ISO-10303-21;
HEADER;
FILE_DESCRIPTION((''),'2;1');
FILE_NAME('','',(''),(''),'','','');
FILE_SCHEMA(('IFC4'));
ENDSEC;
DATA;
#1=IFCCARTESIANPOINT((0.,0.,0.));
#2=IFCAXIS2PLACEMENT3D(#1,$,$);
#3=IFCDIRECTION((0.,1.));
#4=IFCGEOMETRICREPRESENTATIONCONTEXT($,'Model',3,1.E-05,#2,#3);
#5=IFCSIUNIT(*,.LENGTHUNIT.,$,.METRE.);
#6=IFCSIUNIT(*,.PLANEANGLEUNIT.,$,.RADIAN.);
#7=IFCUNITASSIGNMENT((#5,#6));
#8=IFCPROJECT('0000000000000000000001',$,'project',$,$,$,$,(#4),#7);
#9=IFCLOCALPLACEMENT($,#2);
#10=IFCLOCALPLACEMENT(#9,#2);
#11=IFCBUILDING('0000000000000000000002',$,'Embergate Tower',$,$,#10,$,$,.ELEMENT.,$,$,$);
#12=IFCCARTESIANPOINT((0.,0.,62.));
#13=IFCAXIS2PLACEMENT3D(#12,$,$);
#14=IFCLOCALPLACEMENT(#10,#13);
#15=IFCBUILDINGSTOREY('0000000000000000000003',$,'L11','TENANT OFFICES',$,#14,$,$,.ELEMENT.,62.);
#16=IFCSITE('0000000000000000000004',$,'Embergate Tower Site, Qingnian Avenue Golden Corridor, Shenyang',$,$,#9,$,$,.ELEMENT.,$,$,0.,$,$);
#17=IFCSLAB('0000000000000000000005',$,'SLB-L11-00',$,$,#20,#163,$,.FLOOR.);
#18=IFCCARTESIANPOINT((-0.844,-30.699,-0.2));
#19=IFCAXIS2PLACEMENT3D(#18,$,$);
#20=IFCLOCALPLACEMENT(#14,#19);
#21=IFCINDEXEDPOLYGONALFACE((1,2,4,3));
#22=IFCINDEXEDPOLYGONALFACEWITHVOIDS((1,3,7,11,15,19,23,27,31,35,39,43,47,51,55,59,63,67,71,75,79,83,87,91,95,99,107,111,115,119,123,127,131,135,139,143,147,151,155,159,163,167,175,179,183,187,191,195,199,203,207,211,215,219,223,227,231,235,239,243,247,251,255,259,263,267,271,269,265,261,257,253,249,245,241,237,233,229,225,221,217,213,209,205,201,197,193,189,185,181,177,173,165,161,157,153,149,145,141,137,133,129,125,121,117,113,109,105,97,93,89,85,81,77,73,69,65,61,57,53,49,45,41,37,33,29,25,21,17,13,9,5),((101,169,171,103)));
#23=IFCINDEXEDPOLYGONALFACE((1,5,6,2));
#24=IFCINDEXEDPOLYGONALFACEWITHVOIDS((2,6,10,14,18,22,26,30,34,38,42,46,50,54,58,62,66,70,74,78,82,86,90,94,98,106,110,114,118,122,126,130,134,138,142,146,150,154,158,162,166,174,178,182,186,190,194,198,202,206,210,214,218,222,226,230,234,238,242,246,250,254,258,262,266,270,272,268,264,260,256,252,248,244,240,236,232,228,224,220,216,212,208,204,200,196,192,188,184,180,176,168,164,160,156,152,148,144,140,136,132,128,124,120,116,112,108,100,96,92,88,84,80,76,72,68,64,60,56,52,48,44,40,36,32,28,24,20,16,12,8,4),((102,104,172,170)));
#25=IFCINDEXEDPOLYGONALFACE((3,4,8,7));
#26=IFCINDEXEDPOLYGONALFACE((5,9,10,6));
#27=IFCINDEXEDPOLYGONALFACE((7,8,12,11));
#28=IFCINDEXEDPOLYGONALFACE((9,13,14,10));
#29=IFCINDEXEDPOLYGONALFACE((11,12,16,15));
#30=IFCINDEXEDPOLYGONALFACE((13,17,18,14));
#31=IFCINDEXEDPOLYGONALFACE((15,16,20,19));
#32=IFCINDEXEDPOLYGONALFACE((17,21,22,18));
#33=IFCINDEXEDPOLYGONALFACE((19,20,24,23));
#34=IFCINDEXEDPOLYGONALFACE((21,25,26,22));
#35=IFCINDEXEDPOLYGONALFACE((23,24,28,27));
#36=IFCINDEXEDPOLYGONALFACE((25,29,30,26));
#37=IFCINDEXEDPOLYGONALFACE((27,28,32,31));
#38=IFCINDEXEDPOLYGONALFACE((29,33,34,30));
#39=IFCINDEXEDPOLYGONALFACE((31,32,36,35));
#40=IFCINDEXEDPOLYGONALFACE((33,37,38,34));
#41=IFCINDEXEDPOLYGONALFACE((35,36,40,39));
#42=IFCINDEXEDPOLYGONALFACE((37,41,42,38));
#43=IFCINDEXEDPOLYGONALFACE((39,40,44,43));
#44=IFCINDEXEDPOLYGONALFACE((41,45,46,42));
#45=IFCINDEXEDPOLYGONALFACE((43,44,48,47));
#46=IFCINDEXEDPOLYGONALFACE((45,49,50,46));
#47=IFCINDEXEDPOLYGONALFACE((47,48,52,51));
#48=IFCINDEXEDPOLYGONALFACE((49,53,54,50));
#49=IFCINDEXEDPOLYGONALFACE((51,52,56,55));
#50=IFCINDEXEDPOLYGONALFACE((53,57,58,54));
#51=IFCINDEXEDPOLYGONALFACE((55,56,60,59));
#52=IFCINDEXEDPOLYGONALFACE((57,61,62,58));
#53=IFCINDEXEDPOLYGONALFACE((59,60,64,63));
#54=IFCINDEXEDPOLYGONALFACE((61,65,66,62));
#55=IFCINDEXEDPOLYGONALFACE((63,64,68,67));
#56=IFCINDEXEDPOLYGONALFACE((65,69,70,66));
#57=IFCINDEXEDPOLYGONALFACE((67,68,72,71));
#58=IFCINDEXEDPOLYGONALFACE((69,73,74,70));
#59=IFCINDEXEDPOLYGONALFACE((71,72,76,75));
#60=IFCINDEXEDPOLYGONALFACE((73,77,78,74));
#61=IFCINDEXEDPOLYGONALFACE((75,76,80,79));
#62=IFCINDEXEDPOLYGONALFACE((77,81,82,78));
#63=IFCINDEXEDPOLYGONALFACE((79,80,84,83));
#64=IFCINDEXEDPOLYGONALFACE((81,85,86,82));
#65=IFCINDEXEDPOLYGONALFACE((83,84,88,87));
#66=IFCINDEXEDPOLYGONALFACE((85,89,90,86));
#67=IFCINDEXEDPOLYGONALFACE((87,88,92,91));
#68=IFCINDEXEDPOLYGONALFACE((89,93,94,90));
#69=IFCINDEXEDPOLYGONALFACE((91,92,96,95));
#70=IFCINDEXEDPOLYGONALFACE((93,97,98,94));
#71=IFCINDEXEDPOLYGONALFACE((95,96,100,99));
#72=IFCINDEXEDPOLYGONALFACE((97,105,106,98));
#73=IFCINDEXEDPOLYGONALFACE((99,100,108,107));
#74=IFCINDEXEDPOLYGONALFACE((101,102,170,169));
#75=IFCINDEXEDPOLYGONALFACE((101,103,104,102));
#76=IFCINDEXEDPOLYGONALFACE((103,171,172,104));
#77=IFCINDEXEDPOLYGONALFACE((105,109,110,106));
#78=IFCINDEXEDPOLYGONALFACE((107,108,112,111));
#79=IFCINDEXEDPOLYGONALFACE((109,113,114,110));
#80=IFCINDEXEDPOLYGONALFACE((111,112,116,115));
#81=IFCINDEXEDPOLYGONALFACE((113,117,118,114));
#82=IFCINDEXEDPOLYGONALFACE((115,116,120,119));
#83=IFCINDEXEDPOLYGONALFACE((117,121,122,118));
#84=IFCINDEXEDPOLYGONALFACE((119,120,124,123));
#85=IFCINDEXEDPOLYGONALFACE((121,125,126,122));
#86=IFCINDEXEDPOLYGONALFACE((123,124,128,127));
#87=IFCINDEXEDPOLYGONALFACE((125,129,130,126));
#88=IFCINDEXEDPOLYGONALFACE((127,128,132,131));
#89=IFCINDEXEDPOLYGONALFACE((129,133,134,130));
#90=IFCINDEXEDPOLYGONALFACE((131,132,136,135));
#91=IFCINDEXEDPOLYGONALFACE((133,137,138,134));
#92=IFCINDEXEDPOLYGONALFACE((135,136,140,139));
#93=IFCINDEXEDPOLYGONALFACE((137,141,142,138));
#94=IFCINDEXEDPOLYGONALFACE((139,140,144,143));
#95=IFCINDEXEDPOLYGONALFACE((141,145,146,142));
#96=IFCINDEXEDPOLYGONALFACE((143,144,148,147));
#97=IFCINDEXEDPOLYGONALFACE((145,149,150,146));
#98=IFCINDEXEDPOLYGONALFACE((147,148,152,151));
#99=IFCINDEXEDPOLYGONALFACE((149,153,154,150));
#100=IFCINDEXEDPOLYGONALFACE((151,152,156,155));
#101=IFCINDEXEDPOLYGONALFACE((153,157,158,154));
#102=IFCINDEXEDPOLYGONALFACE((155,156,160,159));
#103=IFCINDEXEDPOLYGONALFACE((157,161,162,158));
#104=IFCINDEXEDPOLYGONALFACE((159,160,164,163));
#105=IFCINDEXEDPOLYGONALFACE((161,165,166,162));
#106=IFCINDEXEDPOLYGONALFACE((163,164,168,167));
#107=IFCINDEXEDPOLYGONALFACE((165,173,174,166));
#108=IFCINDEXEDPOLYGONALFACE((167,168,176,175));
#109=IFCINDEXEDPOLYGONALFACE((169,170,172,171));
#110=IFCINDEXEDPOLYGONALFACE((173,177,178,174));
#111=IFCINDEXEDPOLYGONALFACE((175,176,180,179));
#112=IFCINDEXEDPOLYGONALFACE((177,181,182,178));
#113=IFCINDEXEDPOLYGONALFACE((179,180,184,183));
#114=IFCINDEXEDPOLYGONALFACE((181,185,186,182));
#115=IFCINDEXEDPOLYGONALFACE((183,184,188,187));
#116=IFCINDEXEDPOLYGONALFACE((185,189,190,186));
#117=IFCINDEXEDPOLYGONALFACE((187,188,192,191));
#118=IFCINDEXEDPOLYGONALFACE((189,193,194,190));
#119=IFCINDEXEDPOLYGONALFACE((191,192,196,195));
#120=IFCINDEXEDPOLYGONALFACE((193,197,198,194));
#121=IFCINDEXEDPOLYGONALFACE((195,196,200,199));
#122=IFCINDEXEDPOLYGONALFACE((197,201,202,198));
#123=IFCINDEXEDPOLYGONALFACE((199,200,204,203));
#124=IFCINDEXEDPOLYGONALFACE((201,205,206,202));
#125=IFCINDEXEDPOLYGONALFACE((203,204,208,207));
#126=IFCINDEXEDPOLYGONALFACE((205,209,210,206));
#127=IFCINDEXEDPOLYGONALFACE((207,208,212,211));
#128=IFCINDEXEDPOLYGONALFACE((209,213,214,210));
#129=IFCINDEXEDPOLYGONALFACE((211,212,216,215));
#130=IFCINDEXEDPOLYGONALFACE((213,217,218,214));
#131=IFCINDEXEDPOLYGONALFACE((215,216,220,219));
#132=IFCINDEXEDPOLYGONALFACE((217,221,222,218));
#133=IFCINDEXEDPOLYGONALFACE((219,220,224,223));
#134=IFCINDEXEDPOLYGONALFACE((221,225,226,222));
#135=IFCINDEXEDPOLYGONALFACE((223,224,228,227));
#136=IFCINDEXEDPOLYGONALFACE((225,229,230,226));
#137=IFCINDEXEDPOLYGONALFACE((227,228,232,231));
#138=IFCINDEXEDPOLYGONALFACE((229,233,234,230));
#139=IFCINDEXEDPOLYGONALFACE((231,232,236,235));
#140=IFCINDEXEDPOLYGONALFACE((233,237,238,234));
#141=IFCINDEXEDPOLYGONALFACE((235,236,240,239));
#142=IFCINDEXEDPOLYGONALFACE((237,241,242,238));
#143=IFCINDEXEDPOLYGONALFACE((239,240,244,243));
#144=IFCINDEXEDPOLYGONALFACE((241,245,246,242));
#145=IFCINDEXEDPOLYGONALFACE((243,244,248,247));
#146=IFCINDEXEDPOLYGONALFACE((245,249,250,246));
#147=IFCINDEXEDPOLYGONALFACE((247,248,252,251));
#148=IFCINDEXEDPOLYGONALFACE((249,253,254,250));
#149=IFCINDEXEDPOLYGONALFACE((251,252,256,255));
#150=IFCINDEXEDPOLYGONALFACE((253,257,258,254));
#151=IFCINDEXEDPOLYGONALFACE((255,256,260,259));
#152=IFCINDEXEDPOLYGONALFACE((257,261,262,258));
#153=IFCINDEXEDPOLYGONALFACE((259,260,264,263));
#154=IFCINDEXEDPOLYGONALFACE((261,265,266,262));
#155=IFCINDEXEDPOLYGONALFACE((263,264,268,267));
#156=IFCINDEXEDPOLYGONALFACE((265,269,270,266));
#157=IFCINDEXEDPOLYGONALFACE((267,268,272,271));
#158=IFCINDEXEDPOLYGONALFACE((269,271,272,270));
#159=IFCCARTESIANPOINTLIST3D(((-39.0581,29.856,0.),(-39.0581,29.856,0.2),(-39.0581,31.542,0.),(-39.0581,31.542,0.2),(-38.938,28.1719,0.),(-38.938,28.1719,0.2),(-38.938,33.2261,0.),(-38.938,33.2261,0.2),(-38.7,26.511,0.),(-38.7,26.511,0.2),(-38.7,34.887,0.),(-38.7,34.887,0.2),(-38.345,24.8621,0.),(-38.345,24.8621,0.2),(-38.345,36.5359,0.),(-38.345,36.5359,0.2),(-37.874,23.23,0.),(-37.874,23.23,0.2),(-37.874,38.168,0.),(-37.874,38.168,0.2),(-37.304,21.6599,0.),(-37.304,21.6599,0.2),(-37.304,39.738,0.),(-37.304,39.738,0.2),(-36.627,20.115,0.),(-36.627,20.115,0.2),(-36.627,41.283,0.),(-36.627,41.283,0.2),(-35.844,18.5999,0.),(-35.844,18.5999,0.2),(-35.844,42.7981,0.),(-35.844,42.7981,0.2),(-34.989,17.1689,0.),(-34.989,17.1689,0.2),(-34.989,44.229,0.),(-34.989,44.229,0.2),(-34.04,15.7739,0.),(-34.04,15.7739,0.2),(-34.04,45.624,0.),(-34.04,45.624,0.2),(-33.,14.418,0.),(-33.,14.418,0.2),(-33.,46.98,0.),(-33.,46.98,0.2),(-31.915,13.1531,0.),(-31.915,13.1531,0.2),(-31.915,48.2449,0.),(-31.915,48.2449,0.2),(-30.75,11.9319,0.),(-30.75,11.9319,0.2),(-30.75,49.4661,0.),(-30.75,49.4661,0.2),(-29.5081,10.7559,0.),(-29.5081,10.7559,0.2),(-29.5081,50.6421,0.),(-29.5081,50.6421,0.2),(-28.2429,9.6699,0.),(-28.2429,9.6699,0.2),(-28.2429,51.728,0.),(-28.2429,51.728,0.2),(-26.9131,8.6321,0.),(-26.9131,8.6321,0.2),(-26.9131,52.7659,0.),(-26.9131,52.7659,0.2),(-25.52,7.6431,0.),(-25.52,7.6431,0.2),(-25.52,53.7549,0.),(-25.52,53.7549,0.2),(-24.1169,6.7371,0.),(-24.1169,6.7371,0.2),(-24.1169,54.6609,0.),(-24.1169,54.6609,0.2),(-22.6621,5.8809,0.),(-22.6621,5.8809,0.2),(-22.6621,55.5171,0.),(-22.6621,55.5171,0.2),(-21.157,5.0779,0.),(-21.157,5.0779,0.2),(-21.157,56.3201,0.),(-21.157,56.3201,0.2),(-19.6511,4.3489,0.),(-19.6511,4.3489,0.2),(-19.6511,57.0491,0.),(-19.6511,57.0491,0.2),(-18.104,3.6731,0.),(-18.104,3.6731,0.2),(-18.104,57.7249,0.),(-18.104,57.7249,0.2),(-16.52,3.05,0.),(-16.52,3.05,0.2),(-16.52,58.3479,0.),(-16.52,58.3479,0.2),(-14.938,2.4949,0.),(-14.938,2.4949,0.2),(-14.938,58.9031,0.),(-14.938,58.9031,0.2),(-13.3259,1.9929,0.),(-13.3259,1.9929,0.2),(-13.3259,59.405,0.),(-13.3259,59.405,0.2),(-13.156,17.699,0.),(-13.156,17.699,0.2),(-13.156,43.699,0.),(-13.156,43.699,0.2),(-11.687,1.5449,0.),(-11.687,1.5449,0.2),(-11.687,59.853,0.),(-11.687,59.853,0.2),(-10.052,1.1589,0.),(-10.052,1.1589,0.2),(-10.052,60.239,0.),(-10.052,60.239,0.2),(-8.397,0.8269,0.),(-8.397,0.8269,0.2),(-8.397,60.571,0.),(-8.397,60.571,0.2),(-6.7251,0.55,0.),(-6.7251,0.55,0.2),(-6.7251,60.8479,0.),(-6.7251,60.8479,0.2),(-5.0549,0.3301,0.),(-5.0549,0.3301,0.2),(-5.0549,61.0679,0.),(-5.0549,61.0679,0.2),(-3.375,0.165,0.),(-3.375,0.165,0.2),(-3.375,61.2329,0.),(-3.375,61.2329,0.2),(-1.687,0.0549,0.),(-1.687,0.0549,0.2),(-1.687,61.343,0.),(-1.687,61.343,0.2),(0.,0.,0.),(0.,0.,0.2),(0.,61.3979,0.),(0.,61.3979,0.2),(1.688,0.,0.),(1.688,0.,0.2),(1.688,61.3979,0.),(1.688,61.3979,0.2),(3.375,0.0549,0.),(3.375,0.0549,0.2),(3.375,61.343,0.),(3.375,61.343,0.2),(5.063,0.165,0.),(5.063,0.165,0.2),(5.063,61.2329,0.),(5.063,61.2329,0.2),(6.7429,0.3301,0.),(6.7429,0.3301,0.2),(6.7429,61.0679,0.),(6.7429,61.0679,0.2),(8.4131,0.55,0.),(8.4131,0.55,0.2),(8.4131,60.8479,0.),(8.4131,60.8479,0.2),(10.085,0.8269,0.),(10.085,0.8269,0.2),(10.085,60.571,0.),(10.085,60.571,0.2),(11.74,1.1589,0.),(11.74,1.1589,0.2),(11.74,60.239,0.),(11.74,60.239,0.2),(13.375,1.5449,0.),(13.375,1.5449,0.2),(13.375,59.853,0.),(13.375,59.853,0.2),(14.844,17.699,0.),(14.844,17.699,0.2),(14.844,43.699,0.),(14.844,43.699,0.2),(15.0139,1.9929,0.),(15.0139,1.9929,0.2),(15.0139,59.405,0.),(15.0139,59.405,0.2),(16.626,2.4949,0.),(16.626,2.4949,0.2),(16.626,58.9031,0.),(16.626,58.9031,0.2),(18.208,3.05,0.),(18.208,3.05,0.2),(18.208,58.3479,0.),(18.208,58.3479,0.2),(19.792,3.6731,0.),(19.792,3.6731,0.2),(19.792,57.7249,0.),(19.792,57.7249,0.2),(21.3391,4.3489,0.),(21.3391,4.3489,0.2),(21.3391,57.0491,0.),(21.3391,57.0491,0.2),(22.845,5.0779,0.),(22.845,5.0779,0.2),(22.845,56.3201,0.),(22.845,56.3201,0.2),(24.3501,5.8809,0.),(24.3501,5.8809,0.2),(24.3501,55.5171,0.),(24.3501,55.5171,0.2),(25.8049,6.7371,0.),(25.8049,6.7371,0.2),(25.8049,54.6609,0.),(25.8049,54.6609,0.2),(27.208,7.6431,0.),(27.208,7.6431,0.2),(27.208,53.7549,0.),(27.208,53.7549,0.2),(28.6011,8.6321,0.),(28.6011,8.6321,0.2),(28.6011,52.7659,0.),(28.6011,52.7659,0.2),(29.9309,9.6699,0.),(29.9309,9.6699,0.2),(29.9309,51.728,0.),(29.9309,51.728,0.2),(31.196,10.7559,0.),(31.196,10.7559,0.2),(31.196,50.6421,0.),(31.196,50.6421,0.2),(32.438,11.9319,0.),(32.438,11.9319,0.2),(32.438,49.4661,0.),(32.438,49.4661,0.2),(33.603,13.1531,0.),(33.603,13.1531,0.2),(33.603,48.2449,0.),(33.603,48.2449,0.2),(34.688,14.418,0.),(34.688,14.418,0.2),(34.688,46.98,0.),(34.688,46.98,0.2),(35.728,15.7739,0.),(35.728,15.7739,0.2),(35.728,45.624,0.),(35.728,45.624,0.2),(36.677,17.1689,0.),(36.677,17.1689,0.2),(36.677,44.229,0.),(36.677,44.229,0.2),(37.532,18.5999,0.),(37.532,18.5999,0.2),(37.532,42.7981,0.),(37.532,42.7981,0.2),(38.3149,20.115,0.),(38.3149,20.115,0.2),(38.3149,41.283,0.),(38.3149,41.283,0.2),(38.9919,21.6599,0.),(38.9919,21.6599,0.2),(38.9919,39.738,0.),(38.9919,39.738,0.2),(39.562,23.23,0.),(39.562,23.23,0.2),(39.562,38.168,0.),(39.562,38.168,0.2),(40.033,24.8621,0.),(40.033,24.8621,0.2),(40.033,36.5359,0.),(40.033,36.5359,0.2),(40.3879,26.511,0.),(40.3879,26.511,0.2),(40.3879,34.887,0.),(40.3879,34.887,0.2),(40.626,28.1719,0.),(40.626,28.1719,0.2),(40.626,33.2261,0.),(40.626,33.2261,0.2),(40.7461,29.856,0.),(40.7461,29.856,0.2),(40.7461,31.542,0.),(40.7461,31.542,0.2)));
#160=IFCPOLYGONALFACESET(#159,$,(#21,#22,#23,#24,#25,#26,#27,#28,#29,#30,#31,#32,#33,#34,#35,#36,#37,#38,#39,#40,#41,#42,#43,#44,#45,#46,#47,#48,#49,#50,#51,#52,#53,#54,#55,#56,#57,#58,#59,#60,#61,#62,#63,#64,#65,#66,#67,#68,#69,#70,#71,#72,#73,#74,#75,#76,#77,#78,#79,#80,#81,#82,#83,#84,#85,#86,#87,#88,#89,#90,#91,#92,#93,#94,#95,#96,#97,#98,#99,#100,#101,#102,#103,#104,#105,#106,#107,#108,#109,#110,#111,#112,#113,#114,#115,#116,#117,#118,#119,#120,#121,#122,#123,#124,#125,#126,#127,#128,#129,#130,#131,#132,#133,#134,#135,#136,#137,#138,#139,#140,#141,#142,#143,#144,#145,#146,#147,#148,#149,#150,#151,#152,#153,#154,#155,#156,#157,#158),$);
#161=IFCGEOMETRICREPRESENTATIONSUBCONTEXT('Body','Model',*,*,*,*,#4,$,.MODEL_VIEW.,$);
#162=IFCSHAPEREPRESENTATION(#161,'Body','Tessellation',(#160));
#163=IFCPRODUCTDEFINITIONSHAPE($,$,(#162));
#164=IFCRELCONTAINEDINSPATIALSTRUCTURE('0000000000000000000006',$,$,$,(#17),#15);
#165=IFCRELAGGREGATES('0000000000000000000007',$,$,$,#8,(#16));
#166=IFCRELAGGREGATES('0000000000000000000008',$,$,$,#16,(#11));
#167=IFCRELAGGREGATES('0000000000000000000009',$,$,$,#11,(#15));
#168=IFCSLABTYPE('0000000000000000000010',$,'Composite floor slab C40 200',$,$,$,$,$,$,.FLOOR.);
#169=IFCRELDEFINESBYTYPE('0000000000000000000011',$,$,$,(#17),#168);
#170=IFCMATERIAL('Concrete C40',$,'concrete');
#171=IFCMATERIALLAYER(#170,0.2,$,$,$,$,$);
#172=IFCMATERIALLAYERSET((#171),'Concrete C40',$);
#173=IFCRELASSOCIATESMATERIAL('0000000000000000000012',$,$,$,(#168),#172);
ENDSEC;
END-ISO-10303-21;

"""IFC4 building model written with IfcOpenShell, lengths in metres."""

from ifc_helpers import new_model, si_unit, direction, frame, origin, place, context, subcontext, project, spatial, polyline, outline, extrude, source, transform, mapped, material, layer, layer_set, type_object, element, save


model = new_model("IFC4")

# Units and contexts
model_context = context("Model", 3, precision=1e-05, world=origin(), true_north=direction((0.0, 1.0)))
body_context = subcontext(model_context, "Body", "Model", "MODEL_VIEW")
ifc_project = project(units=[si_unit("LENGTHUNIT", "METRE"), si_unit("PLANEANGLEUNIT", "RADIAN")], contexts=[model_context])

# Site, building, storey
site_placement = place(None, origin())
site = spatial("IfcSite", under=ifc_project, at=site_placement, Name="Embergate Tower Site, Qingnian Avenue Golden Corridor, Shenyang", CompositionType="ELEMENT", RefElevation=0.0)
building_placement = place(site_placement, origin())
building = spatial("IfcBuilding", under=site, at=building_placement, Name="Embergate Tower", CompositionType="ELEMENT")
storey_placement = place(building_placement, frame((0.0, 0.0, 62.0)))
storey = spatial("IfcBuildingStorey", under=building, at=storey_placement, Name="L11", Description="TENANT OFFICES", CompositionType="ELEMENT", Elevation=62.0)

# Slab
ifc_material_1 = material(Name="Concrete C40", Category="concrete")
ifc_layer_1 = layer(ifc_material_1, 0.2)
ifc_layer_set_1 = layer_set([ifc_layer_1], Name="Concrete C40")
slab_type = type_object("IfcSlabType", Name="Composite floor slab C40 200", PredefinedType="FLOOR", material=ifc_layer_set_1)
shared_shape_1 = source(origin(), body_context, "Body", "SweptSolid", [
    extrude(outline(polyline([(0.0, 0.0), (1.688, 0.0), (3.375, 0.0549), (5.063, 0.165), (6.7429, 0.3301), (8.4131, 0.55), (10.085, 0.8269), (11.74, 1.1589), (13.375, 1.5449), (15.0139, 1.9929), (16.626, 2.4949), (18.208, 3.05), (19.792, 3.6731), (21.3391, 4.3489), (22.845, 5.0779), (24.3501, 5.8809), (25.8049, 6.7371), (27.208, 7.6431), (28.6011, 8.6321), (29.9309, 9.6699), (31.196, 10.7559), (32.438, 11.9319), (33.603, 13.1531), (34.688, 14.418), (35.728, 15.7739), (36.677, 17.1689), (37.532, 18.5999), (38.3149, 20.115), (38.9919, 21.6599), (39.562, 23.23), (40.033, 24.8621), (40.3879, 26.511), (40.626, 28.1719), (40.7461, 29.856), (40.7461, 31.542), (40.626, 33.2261), (40.3879, 34.887), (40.033, 36.5359), (39.562, 38.168), (38.9919, 39.738), (38.3149, 41.283), (37.532, 42.7981), (36.677, 44.229), (35.728, 45.624), (34.688, 46.98), (33.603, 48.2449), (32.438, 49.4661), (31.196, 50.6421), (29.9309, 51.728), (28.6011, 52.7659), (27.208, 53.7549), (25.8049, 54.6609), (24.3501, 55.5171), (22.845, 56.3201), (21.3391, 57.0491), (19.792, 57.7249), (18.208, 58.3479), (16.626, 58.9031), (15.0139, 59.405), (13.375, 59.853), (11.74, 60.239), (10.085, 60.571), (8.4131, 60.8479), (6.7429, 61.0679), (5.063, 61.2329), (3.375, 61.343), (1.688, 61.3979), (0.0, 61.3979), (-1.687, 61.343), (-3.375, 61.2329), (-5.0549, 61.0679), (-6.7251, 60.8479), (-8.397, 60.571), (-10.052, 60.239), (-11.687, 59.853), (-13.3259, 59.405), (-14.938, 58.9031), (-16.52, 58.3479), (-18.104, 57.7249), (-19.6511, 57.0491), (-21.157, 56.3201), (-22.6621, 55.5171), (-24.1169, 54.6609), (-25.52, 53.7549), (-26.9131, 52.7659), (-28.2429, 51.728), (-29.5081, 50.6421), (-30.75, 49.4661), (-31.915, 48.2449), (-33.0, 46.98), (-34.04, 45.624), (-34.989, 44.229), (-35.844, 42.7981), (-36.627, 41.283), (-37.304, 39.738), (-37.874, 38.168), (-38.345, 36.5359), (-38.7, 34.887), (-38.938, 33.2261), (-39.0581, 31.542), (-39.0581, 29.856), (-38.938, 28.1719), (-38.7, 26.511), (-38.345, 24.8621), (-37.874, 23.23), (-37.304, 21.6599), (-36.627, 20.115), (-35.844, 18.5999), (-34.989, 17.1689), (-34.04, 15.7739), (-33.0, 14.418), (-31.915, 13.1531), (-30.75, 11.9319), (-29.5081, 10.7559), (-28.2429, 9.6699), (-26.9131, 8.6321), (-25.52, 7.6431), (-24.1169, 6.7371), (-22.6621, 5.8809), (-21.157, 5.0779), (-19.6511, 4.3489), (-18.104, 3.6731), (-16.52, 3.05), (-14.938, 2.4949), (-13.3259, 1.9929), (-11.687, 1.5449), (-10.052, 1.1589), (-8.397, 0.8269), (-6.7251, 0.55), (-5.0549, 0.3301), (-3.375, 0.165), (-1.687, 0.0549), (0.0, 0.0)]), holes=[polyline([(-13.156, 17.699), (-13.156, 43.699), (14.844, 43.699), (14.844, 17.699), (-13.156, 17.699)])]), origin(), (0.0, 0.0, 1.0), 0.2),
])
slab_placement = place(storey_placement, frame((-0.844, -30.699, -0.2)))
element("IfcSlab", 1, at=slab_placement, inside=storey, type_object=slab_type, Name="SLB-L11-00", PredefinedType="FLOOR", context=body_context, shape_type="MappedRepresentation", body=[
    mapped(shared_shape_1, transform((0.0, 0.0, 0.0))),
])

save(model, "model.ifc")
